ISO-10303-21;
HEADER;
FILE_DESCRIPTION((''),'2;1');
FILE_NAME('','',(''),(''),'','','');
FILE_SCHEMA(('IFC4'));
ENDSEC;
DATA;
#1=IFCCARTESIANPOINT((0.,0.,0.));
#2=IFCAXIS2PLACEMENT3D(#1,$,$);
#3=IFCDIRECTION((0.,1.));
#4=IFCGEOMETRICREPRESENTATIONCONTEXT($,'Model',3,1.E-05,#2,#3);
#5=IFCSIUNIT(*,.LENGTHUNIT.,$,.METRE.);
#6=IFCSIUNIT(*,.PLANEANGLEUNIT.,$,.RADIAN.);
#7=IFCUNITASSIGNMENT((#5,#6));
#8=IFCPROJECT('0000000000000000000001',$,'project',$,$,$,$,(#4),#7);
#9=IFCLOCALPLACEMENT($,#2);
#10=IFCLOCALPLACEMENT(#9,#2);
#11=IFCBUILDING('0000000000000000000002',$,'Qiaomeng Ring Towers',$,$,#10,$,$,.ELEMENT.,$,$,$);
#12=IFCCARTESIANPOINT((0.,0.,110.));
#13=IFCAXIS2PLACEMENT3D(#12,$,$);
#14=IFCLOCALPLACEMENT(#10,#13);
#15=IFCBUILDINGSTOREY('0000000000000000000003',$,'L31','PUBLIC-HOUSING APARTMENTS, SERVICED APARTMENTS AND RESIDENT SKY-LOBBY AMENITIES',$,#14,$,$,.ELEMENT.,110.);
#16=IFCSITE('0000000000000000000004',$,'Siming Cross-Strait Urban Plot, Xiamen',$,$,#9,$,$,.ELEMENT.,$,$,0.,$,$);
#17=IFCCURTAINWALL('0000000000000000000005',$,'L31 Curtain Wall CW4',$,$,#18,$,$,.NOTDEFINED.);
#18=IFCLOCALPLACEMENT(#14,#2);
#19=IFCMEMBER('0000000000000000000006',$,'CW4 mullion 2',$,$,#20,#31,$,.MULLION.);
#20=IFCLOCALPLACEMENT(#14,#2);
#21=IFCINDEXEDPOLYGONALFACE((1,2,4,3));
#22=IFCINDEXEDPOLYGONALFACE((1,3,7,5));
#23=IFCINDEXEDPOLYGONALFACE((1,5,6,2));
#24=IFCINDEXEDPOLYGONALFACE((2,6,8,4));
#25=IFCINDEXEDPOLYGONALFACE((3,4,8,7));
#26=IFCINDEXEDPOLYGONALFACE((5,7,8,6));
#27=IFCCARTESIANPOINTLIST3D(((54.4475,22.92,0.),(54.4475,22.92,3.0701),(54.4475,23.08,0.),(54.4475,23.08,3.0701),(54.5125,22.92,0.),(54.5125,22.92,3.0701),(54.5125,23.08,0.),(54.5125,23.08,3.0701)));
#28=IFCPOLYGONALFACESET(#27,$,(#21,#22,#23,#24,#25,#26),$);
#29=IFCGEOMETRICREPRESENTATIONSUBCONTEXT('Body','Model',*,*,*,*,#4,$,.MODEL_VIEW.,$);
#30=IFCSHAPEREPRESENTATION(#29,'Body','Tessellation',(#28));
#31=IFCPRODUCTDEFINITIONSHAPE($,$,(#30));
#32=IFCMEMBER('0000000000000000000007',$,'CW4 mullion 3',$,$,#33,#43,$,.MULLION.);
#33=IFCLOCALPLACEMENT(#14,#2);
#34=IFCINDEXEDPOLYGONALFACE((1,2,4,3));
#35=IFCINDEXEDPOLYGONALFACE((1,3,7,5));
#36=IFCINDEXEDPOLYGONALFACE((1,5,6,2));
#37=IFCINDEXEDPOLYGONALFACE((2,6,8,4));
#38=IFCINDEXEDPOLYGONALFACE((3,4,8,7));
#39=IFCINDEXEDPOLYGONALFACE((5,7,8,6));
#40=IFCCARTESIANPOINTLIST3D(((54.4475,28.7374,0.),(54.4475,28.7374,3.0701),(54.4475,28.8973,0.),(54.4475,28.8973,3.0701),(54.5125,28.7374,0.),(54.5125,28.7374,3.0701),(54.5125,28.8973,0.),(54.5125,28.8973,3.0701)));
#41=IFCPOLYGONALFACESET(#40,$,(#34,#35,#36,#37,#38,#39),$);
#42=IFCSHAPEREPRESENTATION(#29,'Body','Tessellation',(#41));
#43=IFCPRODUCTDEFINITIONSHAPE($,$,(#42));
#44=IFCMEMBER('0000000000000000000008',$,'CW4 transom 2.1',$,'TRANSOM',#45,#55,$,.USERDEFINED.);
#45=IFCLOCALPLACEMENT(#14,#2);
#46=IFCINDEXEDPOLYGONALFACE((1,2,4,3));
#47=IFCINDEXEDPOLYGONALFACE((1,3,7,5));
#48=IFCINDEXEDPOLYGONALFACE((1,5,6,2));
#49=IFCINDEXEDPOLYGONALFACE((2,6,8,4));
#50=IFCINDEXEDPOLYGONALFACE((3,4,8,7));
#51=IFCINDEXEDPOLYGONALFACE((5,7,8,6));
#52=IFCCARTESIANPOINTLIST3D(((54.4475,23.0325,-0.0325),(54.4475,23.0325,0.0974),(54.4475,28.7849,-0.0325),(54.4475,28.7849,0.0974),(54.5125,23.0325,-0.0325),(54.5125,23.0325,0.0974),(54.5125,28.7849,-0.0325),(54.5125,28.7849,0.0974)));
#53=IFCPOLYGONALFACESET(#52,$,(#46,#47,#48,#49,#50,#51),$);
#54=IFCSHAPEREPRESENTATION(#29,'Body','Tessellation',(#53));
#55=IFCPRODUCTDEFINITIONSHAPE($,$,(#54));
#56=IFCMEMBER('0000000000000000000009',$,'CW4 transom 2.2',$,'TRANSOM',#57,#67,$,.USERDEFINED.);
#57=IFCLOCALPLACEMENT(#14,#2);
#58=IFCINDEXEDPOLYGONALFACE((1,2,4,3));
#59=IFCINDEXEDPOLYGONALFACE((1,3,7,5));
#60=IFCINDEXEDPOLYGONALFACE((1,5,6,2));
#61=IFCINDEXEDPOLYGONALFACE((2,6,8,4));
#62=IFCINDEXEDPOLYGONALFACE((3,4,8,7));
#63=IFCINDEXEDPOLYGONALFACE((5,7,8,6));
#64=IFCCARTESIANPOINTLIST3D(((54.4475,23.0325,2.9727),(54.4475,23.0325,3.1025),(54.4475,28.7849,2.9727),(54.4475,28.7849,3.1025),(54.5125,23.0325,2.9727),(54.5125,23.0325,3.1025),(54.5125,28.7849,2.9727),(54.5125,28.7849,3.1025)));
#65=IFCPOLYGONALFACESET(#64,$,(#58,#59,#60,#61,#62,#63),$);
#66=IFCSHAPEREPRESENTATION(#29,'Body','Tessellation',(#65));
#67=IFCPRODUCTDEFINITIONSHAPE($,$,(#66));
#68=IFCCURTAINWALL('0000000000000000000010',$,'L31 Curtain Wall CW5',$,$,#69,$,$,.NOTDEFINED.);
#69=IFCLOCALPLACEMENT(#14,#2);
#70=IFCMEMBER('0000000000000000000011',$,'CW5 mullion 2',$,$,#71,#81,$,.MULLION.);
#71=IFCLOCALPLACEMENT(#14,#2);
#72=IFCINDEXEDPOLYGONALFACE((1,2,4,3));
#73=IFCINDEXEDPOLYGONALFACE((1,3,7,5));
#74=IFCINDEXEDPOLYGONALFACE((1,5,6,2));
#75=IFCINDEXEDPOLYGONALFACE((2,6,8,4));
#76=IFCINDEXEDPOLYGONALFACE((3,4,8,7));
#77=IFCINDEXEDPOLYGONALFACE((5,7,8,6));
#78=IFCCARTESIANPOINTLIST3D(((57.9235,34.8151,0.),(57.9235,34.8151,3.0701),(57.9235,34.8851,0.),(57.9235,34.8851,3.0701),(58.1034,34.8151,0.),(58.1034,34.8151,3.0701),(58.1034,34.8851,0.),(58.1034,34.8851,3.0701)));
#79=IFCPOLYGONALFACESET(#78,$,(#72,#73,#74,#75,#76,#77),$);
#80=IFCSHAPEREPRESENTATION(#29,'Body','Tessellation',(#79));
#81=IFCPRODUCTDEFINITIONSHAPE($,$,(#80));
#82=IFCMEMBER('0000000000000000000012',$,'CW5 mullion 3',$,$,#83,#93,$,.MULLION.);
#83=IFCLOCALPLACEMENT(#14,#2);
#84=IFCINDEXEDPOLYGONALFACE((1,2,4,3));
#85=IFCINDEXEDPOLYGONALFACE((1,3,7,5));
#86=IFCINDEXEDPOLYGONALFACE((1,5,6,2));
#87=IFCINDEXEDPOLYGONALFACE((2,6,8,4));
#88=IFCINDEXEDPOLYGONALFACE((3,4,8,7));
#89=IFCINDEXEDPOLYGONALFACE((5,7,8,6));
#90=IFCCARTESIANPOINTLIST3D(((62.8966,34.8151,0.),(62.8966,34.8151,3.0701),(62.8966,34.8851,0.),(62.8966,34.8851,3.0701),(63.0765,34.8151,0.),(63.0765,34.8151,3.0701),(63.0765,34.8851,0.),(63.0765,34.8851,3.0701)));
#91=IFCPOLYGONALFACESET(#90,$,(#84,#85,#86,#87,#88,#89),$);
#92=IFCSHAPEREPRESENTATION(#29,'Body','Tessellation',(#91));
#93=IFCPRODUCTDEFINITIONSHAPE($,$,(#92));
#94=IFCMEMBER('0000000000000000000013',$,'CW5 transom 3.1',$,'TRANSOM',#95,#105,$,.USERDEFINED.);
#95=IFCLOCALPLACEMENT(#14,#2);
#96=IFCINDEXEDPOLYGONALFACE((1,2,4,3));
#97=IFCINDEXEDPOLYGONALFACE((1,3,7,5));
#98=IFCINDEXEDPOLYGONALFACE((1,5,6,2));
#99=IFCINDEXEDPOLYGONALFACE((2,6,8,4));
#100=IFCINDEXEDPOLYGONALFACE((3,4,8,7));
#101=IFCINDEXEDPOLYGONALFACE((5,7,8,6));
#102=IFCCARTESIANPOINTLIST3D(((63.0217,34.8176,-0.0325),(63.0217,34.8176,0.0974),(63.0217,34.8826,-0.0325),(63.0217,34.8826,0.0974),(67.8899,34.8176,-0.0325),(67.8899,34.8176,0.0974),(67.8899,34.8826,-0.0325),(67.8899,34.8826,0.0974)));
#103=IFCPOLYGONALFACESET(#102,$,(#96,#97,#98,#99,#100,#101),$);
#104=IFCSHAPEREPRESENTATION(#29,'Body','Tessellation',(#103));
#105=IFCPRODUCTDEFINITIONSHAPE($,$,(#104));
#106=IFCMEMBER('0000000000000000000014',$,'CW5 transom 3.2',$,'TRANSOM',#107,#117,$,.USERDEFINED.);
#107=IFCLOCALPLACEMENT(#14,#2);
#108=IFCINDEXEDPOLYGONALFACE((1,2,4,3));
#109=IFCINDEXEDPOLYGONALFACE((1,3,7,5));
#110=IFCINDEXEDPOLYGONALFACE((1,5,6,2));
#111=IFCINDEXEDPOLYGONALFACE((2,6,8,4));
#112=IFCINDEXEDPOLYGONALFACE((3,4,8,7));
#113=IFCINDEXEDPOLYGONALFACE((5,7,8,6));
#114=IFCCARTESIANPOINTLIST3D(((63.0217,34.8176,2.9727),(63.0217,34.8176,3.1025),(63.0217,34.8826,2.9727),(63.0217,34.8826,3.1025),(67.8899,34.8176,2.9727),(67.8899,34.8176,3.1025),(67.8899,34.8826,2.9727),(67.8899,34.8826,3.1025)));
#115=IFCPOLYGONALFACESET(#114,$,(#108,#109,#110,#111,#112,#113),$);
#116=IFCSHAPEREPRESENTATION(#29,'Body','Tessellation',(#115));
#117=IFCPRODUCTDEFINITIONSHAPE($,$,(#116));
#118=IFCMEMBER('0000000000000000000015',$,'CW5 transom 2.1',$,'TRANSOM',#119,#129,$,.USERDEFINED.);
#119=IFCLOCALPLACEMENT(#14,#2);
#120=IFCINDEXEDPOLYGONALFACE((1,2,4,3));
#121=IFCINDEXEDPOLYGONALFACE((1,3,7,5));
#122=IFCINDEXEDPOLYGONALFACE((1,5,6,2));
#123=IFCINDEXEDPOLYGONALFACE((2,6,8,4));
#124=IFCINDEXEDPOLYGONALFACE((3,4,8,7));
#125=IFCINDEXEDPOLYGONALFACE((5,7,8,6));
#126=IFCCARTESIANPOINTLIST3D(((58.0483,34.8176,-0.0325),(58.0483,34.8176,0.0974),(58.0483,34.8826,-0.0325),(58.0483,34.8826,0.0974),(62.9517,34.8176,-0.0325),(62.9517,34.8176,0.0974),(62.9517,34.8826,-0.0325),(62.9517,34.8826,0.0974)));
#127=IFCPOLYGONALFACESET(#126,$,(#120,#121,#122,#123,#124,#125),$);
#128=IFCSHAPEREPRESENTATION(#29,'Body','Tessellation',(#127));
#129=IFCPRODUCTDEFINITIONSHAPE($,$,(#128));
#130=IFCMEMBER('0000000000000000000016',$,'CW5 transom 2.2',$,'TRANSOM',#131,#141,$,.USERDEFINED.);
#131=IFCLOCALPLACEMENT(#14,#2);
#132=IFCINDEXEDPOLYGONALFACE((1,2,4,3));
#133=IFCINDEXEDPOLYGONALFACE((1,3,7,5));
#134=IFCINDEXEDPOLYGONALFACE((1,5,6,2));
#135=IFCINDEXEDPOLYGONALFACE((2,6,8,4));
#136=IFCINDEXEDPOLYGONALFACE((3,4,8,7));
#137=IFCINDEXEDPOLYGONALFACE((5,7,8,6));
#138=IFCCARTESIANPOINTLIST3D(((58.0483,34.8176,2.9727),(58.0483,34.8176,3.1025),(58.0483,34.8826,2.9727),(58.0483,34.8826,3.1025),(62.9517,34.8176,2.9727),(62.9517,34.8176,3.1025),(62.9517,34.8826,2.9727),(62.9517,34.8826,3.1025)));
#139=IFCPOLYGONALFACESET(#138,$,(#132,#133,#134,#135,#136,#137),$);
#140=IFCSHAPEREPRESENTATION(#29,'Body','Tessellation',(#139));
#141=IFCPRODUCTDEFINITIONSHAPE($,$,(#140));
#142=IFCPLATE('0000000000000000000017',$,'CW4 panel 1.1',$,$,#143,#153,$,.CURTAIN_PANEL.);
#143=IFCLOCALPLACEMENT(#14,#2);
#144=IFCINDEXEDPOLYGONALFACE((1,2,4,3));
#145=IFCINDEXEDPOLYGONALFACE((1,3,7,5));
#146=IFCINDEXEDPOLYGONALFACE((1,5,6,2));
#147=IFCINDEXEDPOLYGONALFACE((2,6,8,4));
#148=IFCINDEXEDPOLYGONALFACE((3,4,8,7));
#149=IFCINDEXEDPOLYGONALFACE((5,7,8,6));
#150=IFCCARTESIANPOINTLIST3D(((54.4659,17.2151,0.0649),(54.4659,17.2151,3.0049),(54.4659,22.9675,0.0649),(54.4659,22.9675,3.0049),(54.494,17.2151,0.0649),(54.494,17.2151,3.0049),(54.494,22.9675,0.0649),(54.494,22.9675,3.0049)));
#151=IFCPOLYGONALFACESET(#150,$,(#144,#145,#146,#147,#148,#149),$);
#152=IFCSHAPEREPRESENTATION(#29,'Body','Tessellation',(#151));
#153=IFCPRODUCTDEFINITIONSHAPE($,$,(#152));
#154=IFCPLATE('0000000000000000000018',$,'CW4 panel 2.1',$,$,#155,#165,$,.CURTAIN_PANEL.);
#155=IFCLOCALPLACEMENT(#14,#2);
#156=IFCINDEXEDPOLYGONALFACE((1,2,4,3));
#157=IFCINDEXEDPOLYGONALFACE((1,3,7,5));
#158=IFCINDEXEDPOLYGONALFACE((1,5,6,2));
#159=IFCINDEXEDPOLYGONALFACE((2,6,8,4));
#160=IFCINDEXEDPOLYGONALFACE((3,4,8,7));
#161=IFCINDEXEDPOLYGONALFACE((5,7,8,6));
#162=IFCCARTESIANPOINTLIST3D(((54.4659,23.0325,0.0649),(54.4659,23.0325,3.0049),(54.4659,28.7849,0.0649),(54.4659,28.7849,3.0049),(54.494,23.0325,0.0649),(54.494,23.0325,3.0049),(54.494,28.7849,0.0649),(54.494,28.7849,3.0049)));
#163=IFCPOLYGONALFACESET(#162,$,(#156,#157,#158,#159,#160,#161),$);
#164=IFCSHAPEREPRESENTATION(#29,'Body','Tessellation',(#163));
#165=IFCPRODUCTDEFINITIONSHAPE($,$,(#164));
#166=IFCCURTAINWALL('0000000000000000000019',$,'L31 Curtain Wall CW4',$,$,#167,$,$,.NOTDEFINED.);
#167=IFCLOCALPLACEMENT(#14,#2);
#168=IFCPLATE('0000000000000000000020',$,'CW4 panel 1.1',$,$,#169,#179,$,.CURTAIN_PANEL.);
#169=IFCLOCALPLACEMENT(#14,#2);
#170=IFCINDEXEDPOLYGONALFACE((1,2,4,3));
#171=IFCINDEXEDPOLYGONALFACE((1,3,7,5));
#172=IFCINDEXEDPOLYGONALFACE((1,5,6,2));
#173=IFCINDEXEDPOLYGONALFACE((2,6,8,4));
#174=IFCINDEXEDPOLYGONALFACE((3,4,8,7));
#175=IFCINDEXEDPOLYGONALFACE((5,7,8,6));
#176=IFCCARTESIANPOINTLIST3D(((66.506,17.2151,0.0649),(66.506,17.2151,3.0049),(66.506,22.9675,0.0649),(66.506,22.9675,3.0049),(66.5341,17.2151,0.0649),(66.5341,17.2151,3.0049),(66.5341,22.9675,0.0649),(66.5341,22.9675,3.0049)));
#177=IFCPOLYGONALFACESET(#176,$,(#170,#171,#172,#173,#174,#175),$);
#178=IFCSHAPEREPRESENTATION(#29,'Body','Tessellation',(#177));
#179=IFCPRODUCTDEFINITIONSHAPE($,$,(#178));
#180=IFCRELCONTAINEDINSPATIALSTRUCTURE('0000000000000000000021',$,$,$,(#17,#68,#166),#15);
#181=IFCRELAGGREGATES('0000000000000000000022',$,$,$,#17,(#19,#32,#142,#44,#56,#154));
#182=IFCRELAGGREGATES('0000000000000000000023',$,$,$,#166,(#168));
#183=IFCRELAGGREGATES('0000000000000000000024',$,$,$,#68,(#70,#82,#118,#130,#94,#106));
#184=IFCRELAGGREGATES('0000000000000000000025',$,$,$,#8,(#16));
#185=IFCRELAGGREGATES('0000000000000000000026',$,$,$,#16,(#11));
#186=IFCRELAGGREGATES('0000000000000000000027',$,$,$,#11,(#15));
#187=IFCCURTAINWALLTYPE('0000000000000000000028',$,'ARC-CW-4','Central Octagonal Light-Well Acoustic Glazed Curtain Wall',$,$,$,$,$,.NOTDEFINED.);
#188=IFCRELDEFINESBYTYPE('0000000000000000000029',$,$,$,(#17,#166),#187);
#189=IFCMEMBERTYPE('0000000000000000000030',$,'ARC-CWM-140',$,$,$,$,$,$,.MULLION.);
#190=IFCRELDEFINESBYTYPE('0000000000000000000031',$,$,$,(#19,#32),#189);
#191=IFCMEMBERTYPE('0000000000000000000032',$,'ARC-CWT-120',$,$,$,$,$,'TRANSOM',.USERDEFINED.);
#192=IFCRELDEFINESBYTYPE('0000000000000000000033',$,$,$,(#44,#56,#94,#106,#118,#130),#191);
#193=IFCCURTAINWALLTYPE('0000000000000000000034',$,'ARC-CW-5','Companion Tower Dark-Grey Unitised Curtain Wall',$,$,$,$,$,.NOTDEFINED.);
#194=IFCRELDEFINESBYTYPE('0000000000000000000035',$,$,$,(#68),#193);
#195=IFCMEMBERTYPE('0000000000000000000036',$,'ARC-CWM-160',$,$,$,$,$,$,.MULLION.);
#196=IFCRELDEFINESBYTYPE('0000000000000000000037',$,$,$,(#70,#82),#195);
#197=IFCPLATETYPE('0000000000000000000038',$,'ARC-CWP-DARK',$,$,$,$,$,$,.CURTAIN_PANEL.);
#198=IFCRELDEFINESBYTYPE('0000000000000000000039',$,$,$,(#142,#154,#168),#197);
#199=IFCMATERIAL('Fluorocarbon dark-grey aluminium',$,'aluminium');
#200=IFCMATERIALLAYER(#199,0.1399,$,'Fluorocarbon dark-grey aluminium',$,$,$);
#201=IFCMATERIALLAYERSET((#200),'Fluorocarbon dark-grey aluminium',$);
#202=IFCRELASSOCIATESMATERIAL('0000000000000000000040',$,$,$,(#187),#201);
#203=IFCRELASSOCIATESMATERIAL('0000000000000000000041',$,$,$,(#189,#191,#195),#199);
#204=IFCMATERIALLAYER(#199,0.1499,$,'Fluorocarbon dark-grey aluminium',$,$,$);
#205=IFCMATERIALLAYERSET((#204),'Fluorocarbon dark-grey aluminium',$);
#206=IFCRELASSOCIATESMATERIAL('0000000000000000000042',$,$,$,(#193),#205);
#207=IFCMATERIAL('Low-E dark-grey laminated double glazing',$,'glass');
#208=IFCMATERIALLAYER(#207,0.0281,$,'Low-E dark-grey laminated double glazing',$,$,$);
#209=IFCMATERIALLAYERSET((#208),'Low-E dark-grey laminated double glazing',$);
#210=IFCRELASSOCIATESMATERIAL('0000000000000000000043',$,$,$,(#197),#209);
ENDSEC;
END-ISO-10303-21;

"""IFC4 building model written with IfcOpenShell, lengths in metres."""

from ifc_helpers import new_model, si_unit, direction, frame, origin, origin_2d, place, context, subcontext, project, spatial, rectangle, extrude, source, transform, mapped, material, layer, layer_set, material_profile, profile_set, type_object, element, aggregate, save


model = new_model("IFC4")

# Units and contexts
model_context = context("Model", 3, precision=1e-05, world=origin(), true_north=direction((0.0, 1.0)))
body_context = subcontext(model_context, "Body", "Model", "MODEL_VIEW")
ifc_project = project(units=[si_unit("LENGTHUNIT", "METRE"), si_unit("PLANEANGLEUNIT", "RADIAN")], contexts=[model_context])

# Site, building, storey
site_placement = place(None, origin())
site = spatial("IfcSite", under=ifc_project, at=site_placement, Name="Siming Cross-Strait Urban Plot, Xiamen", CompositionType="ELEMENT", RefElevation=0.0)
building_placement = place(site_placement, origin())
building = spatial("IfcBuilding", under=site, at=building_placement, Name="Qiaomeng Ring Towers", CompositionType="ELEMENT")
storey_placement = place(building_placement, frame((0.0, 0.0, 110.0)))
storey = spatial("IfcBuildingStorey", under=building, at=storey_placement, Name="L31", Description="PUBLIC-HOUSING APARTMENTS, SERVICED APARTMENTS AND RESIDENT SKY-LOBBY AMENITIES", CompositionType="ELEMENT", Elevation=110.0)

# Curtain walls, members
ifc_material_1 = material(Name="Fluorocarbon dark-grey aluminium", Category="aluminium")
ifc_layer_1 = layer(ifc_material_1, 0.1399, Name="Fluorocarbon dark-grey aluminium")
ifc_layer_set_1 = layer_set([ifc_layer_1], Name="Fluorocarbon dark-grey aluminium")
curtain_wall_type_1 = type_object("IfcCurtainWallType", Name="ARC-CW-4", Description="Central Octagonal Light-Well Acoustic Glazed Curtain Wall", PredefinedType="NOTDEFINED", material=ifc_layer_set_1)
curtain_wall_1_placement = place(storey_placement, origin())
curtain_wall_1 = element("IfcCurtainWall", 1, at=curtain_wall_1_placement, inside=storey, type_object=curtain_wall_type_1, Name="L31 Curtain Wall CW4", PredefinedType="NOTDEFINED")
ifc_material_profile_1 = material_profile(ifc_material_1, rectangle(XDim=0.0649, YDim=0.1599, at=origin_2d()), Name="ALU MULL 65x160")
ifc_profile_set_1 = profile_set([ifc_material_profile_1], Name="Fluorocarbon dark-grey aluminium")
member_type_1 = type_object("IfcMemberType", Name="ARC-CWM-140", PredefinedType="MULLION", material=ifc_profile_set_1)
shared_shape_1 = source(origin(), body_context, "Body", "SweptSolid", [
    extrude(rectangle(XDim=0.0649, YDim=0.1599, at=origin_2d()), origin(), (0.0, 0.0, 1.0), 3.0701),
])
member_1_placement = place(storey_placement, frame((54.48, 23.0, 0.0), z_axis=(0.0, 0.0, 1.0), x_axis=(-1.0, 0.0, 0.0)))
member_1 = element("IfcMember", 2, at=member_1_placement, type_object=member_type_1, Name="CW4 mullion 2", PredefinedType="MULLION", context=body_context, shape_type="MappedRepresentation", body=[
    mapped(shared_shape_1, transform((0.0, 0.0, 0.0), x_axis=(1.0, 0.0, 0.0), y_axis=(0.0, 1.0, 0.0), z_axis=(0.0, 0.0, 1.0), scale=1.0)),
])
member_2_placement = place(storey_placement, frame((54.48, 28.8174, 0.0), z_axis=(0.0, 0.0, 1.0), x_axis=(-1.0, 0.0, 0.0)))
member_2 = element("IfcMember", 3, at=member_2_placement, type_object=member_type_1, Name="CW4 mullion 3", PredefinedType="MULLION", context=body_context, shape_type="MappedRepresentation", body=[
    mapped(shared_shape_1, transform((0.0, 0.0, 0.0), x_axis=(1.0, 0.0, 0.0), y_axis=(0.0, 1.0, 0.0), z_axis=(0.0, 0.0, 1.0), scale=1.0)),
])
ifc_material_profile_2 = material_profile(ifc_material_1, rectangle(XDim=0.0649, YDim=0.1299, at=origin_2d()), Name="ALU TRAN 65x130")
ifc_profile_set_2 = profile_set([ifc_material_profile_2], Name="Fluorocarbon dark-grey aluminium")
member_type_2 = type_object("IfcMemberType", Name="ARC-CWT-120", ElementType="TRANSOM", PredefinedType="USERDEFINED", material=ifc_profile_set_2)
shared_shape_2 = source(origin(), body_context, "Body", "SweptSolid", [
    extrude(rectangle(XDim=0.0649, YDim=0.1299, at=origin_2d()), origin(), (0.0, 0.0, 1.0), 5.7524),
])
member_3_placement = place(storey_placement, frame((54.48, 23.0325, 0.0325), z_axis=(0.0, 1.0, 0.0), x_axis=(-1.0, 0.0, 0.0)))
member_3 = element("IfcMember", 4, at=member_3_placement, type_object=member_type_2, Name="CW4 transom 2.1", ObjectType="TRANSOM", PredefinedType="USERDEFINED", context=body_context, shape_type="MappedRepresentation", body=[
    mapped(shared_shape_2, transform((0.0, 0.0, 0.0), x_axis=(1.0, 0.0, 0.0), y_axis=(0.0, 1.0, 0.0), z_axis=(0.0, 0.0, 1.0), scale=1.0)),
])
member_4_placement = place(storey_placement, frame((54.48, 23.0325, 3.0376), z_axis=(0.0, 1.0, 0.0), x_axis=(-1.0, 0.0, 0.0)))
member_4 = element("IfcMember", 5, at=member_4_placement, type_object=member_type_2, Name="CW4 transom 2.2", ObjectType="TRANSOM", PredefinedType="USERDEFINED", context=body_context, shape_type="MappedRepresentation", body=[
    mapped(shared_shape_2, transform((0.0, 0.0, 0.0), x_axis=(1.0, 0.0, 0.0), y_axis=(0.0, 1.0, 0.0), z_axis=(0.0, 0.0, 1.0), scale=1.0)),
])
ifc_layer_2 = layer(ifc_material_1, 0.1499, Name="Fluorocarbon dark-grey aluminium")
ifc_layer_set_2 = layer_set([ifc_layer_2], Name="Fluorocarbon dark-grey aluminium")
curtain_wall_type_2 = type_object("IfcCurtainWallType", Name="ARC-CW-5", Description="Companion Tower Dark-Grey Unitised Curtain Wall", PredefinedType="NOTDEFINED", material=ifc_layer_set_2)
curtain_wall_2_placement = place(storey_placement, origin())
curtain_wall_2 = element("IfcCurtainWall", 6, at=curtain_wall_2_placement, inside=storey, type_object=curtain_wall_type_2, Name="L31 Curtain Wall CW5", PredefinedType="NOTDEFINED")
ifc_material_profile_3 = material_profile(ifc_material_1, rectangle(XDim=0.0701, YDim=0.1799, at=origin_2d()), Name="ALU MULL 70x180")
ifc_profile_set_3 = profile_set([ifc_material_profile_3], Name="Fluorocarbon dark-grey aluminium")
member_type_3 = type_object("IfcMemberType", Name="ARC-CWM-160", PredefinedType="MULLION", material=ifc_profile_set_3)
shared_shape_3 = source(origin(), body_context, "Body", "SweptSolid", [
    extrude(rectangle(XDim=0.0701, YDim=0.1799, at=origin_2d()), origin(), (0.0, 0.0, 1.0), 3.0701),
])
member_5_placement = place(storey_placement, frame((58.0134, 34.8501, 0.0), z_axis=(0.0, 0.0, 1.0), x_axis=(0.0, 1.0, 0.0)))
member_5 = element("IfcMember", 7, at=member_5_placement, type_object=member_type_3, Name="CW5 mullion 2", PredefinedType="MULLION", context=body_context, shape_type="MappedRepresentation", body=[
    mapped(shared_shape_3, transform((0.0, 0.0, 0.0), x_axis=(1.0, 0.0, 0.0), y_axis=(0.0, 1.0, 0.0), z_axis=(0.0, 0.0, 1.0), scale=1.0)),
])
member_6_placement = place(storey_placement, frame((62.9866, 34.8501, 0.0), z_axis=(0.0, 0.0, 1.0), x_axis=(0.0, 1.0, 0.0)))
member_6 = element("IfcMember", 8, at=member_6_placement, type_object=member_type_3, Name="CW5 mullion 3", PredefinedType="MULLION", context=body_context, shape_type="MappedRepresentation", body=[
    mapped(shared_shape_3, transform((0.0, 0.0, 0.0), x_axis=(1.0, 0.0, 0.0), y_axis=(0.0, 1.0, 0.0), z_axis=(0.0, 0.0, 1.0), scale=1.0)),
])
shared_shape_4 = source(origin(), body_context, "Body", "SweptSolid", [
    extrude(rectangle(XDim=0.0649, YDim=0.1299, at=origin_2d()), origin(), (0.0, 0.0, 1.0), 4.8682),
])
member_7_placement = place(storey_placement, frame((63.0217, 34.8501, 0.0325), z_axis=(1.0, 0.0, 0.0), x_axis=(0.0, 1.0, 0.0)))
member_7 = element("IfcMember", 9, at=member_7_placement, type_object=member_type_2, Name="CW5 transom 3.1", ObjectType="TRANSOM", PredefinedType="USERDEFINED", context=body_context, shape_type="MappedRepresentation", body=[
    mapped(shared_shape_4, transform((0.0, 0.0, 0.0), x_axis=(1.0, 0.0, 0.0), y_axis=(0.0, 1.0, 0.0), z_axis=(0.0, 0.0, 1.0), scale=1.0)),
])
member_8_placement = place(storey_placement, frame((63.0217, 34.8501, 3.0376), z_axis=(1.0, 0.0, 0.0), x_axis=(0.0, 1.0, 0.0)))
member_8 = element("IfcMember", 10, at=member_8_placement, type_object=member_type_2, Name="CW5 transom 3.2", ObjectType="TRANSOM", PredefinedType="USERDEFINED", context=body_context, shape_type="MappedRepresentation", body=[
    mapped(shared_shape_4, transform((0.0, 0.0, 0.0), x_axis=(1.0, 0.0, 0.0), y_axis=(0.0, 1.0, 0.0), z_axis=(0.0, 0.0, 1.0), scale=1.0)),
])
shared_shape_5 = source(origin(), body_context, "Body", "SweptSolid", [
    extrude(rectangle(XDim=0.0649, YDim=0.1299, at=origin_2d()), origin(), (0.0, 0.0, 1.0), 4.9033),
])
member_9_placement = place(storey_placement, frame((58.0483, 34.8501, 0.0325), z_axis=(1.0, 0.0, 0.0), x_axis=(0.0, 1.0, 0.0)))
member_9 = element("IfcMember", 11, at=member_9_placement, type_object=member_type_2, Name="CW5 transom 2.1", ObjectType="TRANSOM", PredefinedType="USERDEFINED", context=body_context, shape_type="MappedRepresentation", body=[
    mapped(shared_shape_5, transform((0.0, 0.0, 0.0), x_axis=(1.0, 0.0, 0.0), y_axis=(0.0, 1.0, 0.0), z_axis=(0.0, 0.0, 1.0), scale=1.0)),
])
member_10_placement = place(storey_placement, frame((58.0483, 34.8501, 3.0376), z_axis=(1.0, 0.0, 0.0), x_axis=(0.0, 1.0, 0.0)))
member_10 = element("IfcMember", 12, at=member_10_placement, type_object=member_type_2, Name="CW5 transom 2.2", ObjectType="TRANSOM", PredefinedType="USERDEFINED", context=body_context, shape_type="MappedRepresentation", body=[
    mapped(shared_shape_5, transform((0.0, 0.0, 0.0), x_axis=(1.0, 0.0, 0.0), y_axis=(0.0, 1.0, 0.0), z_axis=(0.0, 0.0, 1.0), scale=1.0)),
])

# Plates
ifc_material_2 = material(Name="Low-E dark-grey laminated double glazing", Category="glass")
ifc_layer_3 = layer(ifc_material_2, 0.0281, Name="Low-E dark-grey laminated double glazing")
ifc_layer_set_3 = layer_set([ifc_layer_3], Name="Low-E dark-grey laminated double glazing")
plate_type = type_object("IfcPlateType", Name="ARC-CWP-DARK", PredefinedType="CURTAIN_PANEL", material=ifc_layer_set_3)
shared_shape_6 = source(origin(), body_context, "Body", "SweptSolid", [
    extrude(rectangle(XDim=5.7524, YDim=0.0281, at=origin_2d()), origin(), (0.0, 0.0, 1.0), 2.9399),
])
plate_1_placement = place(storey_placement, frame((54.48, 20.0913, 0.0649), z_axis=(0.0, 0.0, 1.0), x_axis=(0.0, 1.0, 0.0)))
plate_1 = element("IfcPlate", 13, at=plate_1_placement, type_object=plate_type, Name="CW4 panel 1.1", PredefinedType="CURTAIN_PANEL", context=body_context, shape_type="MappedRepresentation", body=[
    mapped(shared_shape_6, transform((0.0, 0.0, 0.0), x_axis=(1.0, 0.0, 0.0), y_axis=(0.0, 1.0, 0.0), z_axis=(0.0, 0.0, 1.0), scale=1.0)),
])
plate_2_placement = place(storey_placement, frame((54.48, 25.9087, 0.0649), z_axis=(0.0, 0.0, 1.0), x_axis=(0.0, 1.0, 0.0)))
plate_2 = element("IfcPlate", 14, at=plate_2_placement, type_object=plate_type, Name="CW4 panel 2.1", PredefinedType="CURTAIN_PANEL", context=body_context, shape_type="MappedRepresentation", body=[
    mapped(shared_shape_6, transform((0.0, 0.0, 0.0), x_axis=(1.0, 0.0, 0.0), y_axis=(0.0, 1.0, 0.0), z_axis=(0.0, 0.0, 1.0), scale=1.0)),
])
aggregate(curtain_wall_1, [member_1, member_2, plate_1, member_3, member_4, plate_2])

# Curtain wall, plate
curtain_wall_3_placement = place(storey_placement, origin())
curtain_wall_3 = element("IfcCurtainWall", 15, at=curtain_wall_3_placement, inside=storey, type_object=curtain_wall_type_1, Name="L31 Curtain Wall CW4", PredefinedType="NOTDEFINED")
plate_3_placement = place(storey_placement, frame((66.52, 20.0913, 0.0649), z_axis=(0.0, 0.0, 1.0), x_axis=(0.0, 1.0, 0.0)))
plate_3 = element("IfcPlate", 16, at=plate_3_placement, type_object=plate_type, Name="CW4 panel 1.1", PredefinedType="CURTAIN_PANEL", context=body_context, shape_type="MappedRepresentation", body=[
    mapped(shared_shape_6, transform((0.0, 0.0, 0.0), x_axis=(1.0, 0.0, 0.0), y_axis=(0.0, 1.0, 0.0), z_axis=(0.0, 0.0, 1.0), scale=1.0)),
])
aggregate(curtain_wall_3, [plate_3])

aggregate(curtain_wall_2, [member_5, member_6, member_9, member_10, member_7, member_8])

save(model, "model.ifc")
